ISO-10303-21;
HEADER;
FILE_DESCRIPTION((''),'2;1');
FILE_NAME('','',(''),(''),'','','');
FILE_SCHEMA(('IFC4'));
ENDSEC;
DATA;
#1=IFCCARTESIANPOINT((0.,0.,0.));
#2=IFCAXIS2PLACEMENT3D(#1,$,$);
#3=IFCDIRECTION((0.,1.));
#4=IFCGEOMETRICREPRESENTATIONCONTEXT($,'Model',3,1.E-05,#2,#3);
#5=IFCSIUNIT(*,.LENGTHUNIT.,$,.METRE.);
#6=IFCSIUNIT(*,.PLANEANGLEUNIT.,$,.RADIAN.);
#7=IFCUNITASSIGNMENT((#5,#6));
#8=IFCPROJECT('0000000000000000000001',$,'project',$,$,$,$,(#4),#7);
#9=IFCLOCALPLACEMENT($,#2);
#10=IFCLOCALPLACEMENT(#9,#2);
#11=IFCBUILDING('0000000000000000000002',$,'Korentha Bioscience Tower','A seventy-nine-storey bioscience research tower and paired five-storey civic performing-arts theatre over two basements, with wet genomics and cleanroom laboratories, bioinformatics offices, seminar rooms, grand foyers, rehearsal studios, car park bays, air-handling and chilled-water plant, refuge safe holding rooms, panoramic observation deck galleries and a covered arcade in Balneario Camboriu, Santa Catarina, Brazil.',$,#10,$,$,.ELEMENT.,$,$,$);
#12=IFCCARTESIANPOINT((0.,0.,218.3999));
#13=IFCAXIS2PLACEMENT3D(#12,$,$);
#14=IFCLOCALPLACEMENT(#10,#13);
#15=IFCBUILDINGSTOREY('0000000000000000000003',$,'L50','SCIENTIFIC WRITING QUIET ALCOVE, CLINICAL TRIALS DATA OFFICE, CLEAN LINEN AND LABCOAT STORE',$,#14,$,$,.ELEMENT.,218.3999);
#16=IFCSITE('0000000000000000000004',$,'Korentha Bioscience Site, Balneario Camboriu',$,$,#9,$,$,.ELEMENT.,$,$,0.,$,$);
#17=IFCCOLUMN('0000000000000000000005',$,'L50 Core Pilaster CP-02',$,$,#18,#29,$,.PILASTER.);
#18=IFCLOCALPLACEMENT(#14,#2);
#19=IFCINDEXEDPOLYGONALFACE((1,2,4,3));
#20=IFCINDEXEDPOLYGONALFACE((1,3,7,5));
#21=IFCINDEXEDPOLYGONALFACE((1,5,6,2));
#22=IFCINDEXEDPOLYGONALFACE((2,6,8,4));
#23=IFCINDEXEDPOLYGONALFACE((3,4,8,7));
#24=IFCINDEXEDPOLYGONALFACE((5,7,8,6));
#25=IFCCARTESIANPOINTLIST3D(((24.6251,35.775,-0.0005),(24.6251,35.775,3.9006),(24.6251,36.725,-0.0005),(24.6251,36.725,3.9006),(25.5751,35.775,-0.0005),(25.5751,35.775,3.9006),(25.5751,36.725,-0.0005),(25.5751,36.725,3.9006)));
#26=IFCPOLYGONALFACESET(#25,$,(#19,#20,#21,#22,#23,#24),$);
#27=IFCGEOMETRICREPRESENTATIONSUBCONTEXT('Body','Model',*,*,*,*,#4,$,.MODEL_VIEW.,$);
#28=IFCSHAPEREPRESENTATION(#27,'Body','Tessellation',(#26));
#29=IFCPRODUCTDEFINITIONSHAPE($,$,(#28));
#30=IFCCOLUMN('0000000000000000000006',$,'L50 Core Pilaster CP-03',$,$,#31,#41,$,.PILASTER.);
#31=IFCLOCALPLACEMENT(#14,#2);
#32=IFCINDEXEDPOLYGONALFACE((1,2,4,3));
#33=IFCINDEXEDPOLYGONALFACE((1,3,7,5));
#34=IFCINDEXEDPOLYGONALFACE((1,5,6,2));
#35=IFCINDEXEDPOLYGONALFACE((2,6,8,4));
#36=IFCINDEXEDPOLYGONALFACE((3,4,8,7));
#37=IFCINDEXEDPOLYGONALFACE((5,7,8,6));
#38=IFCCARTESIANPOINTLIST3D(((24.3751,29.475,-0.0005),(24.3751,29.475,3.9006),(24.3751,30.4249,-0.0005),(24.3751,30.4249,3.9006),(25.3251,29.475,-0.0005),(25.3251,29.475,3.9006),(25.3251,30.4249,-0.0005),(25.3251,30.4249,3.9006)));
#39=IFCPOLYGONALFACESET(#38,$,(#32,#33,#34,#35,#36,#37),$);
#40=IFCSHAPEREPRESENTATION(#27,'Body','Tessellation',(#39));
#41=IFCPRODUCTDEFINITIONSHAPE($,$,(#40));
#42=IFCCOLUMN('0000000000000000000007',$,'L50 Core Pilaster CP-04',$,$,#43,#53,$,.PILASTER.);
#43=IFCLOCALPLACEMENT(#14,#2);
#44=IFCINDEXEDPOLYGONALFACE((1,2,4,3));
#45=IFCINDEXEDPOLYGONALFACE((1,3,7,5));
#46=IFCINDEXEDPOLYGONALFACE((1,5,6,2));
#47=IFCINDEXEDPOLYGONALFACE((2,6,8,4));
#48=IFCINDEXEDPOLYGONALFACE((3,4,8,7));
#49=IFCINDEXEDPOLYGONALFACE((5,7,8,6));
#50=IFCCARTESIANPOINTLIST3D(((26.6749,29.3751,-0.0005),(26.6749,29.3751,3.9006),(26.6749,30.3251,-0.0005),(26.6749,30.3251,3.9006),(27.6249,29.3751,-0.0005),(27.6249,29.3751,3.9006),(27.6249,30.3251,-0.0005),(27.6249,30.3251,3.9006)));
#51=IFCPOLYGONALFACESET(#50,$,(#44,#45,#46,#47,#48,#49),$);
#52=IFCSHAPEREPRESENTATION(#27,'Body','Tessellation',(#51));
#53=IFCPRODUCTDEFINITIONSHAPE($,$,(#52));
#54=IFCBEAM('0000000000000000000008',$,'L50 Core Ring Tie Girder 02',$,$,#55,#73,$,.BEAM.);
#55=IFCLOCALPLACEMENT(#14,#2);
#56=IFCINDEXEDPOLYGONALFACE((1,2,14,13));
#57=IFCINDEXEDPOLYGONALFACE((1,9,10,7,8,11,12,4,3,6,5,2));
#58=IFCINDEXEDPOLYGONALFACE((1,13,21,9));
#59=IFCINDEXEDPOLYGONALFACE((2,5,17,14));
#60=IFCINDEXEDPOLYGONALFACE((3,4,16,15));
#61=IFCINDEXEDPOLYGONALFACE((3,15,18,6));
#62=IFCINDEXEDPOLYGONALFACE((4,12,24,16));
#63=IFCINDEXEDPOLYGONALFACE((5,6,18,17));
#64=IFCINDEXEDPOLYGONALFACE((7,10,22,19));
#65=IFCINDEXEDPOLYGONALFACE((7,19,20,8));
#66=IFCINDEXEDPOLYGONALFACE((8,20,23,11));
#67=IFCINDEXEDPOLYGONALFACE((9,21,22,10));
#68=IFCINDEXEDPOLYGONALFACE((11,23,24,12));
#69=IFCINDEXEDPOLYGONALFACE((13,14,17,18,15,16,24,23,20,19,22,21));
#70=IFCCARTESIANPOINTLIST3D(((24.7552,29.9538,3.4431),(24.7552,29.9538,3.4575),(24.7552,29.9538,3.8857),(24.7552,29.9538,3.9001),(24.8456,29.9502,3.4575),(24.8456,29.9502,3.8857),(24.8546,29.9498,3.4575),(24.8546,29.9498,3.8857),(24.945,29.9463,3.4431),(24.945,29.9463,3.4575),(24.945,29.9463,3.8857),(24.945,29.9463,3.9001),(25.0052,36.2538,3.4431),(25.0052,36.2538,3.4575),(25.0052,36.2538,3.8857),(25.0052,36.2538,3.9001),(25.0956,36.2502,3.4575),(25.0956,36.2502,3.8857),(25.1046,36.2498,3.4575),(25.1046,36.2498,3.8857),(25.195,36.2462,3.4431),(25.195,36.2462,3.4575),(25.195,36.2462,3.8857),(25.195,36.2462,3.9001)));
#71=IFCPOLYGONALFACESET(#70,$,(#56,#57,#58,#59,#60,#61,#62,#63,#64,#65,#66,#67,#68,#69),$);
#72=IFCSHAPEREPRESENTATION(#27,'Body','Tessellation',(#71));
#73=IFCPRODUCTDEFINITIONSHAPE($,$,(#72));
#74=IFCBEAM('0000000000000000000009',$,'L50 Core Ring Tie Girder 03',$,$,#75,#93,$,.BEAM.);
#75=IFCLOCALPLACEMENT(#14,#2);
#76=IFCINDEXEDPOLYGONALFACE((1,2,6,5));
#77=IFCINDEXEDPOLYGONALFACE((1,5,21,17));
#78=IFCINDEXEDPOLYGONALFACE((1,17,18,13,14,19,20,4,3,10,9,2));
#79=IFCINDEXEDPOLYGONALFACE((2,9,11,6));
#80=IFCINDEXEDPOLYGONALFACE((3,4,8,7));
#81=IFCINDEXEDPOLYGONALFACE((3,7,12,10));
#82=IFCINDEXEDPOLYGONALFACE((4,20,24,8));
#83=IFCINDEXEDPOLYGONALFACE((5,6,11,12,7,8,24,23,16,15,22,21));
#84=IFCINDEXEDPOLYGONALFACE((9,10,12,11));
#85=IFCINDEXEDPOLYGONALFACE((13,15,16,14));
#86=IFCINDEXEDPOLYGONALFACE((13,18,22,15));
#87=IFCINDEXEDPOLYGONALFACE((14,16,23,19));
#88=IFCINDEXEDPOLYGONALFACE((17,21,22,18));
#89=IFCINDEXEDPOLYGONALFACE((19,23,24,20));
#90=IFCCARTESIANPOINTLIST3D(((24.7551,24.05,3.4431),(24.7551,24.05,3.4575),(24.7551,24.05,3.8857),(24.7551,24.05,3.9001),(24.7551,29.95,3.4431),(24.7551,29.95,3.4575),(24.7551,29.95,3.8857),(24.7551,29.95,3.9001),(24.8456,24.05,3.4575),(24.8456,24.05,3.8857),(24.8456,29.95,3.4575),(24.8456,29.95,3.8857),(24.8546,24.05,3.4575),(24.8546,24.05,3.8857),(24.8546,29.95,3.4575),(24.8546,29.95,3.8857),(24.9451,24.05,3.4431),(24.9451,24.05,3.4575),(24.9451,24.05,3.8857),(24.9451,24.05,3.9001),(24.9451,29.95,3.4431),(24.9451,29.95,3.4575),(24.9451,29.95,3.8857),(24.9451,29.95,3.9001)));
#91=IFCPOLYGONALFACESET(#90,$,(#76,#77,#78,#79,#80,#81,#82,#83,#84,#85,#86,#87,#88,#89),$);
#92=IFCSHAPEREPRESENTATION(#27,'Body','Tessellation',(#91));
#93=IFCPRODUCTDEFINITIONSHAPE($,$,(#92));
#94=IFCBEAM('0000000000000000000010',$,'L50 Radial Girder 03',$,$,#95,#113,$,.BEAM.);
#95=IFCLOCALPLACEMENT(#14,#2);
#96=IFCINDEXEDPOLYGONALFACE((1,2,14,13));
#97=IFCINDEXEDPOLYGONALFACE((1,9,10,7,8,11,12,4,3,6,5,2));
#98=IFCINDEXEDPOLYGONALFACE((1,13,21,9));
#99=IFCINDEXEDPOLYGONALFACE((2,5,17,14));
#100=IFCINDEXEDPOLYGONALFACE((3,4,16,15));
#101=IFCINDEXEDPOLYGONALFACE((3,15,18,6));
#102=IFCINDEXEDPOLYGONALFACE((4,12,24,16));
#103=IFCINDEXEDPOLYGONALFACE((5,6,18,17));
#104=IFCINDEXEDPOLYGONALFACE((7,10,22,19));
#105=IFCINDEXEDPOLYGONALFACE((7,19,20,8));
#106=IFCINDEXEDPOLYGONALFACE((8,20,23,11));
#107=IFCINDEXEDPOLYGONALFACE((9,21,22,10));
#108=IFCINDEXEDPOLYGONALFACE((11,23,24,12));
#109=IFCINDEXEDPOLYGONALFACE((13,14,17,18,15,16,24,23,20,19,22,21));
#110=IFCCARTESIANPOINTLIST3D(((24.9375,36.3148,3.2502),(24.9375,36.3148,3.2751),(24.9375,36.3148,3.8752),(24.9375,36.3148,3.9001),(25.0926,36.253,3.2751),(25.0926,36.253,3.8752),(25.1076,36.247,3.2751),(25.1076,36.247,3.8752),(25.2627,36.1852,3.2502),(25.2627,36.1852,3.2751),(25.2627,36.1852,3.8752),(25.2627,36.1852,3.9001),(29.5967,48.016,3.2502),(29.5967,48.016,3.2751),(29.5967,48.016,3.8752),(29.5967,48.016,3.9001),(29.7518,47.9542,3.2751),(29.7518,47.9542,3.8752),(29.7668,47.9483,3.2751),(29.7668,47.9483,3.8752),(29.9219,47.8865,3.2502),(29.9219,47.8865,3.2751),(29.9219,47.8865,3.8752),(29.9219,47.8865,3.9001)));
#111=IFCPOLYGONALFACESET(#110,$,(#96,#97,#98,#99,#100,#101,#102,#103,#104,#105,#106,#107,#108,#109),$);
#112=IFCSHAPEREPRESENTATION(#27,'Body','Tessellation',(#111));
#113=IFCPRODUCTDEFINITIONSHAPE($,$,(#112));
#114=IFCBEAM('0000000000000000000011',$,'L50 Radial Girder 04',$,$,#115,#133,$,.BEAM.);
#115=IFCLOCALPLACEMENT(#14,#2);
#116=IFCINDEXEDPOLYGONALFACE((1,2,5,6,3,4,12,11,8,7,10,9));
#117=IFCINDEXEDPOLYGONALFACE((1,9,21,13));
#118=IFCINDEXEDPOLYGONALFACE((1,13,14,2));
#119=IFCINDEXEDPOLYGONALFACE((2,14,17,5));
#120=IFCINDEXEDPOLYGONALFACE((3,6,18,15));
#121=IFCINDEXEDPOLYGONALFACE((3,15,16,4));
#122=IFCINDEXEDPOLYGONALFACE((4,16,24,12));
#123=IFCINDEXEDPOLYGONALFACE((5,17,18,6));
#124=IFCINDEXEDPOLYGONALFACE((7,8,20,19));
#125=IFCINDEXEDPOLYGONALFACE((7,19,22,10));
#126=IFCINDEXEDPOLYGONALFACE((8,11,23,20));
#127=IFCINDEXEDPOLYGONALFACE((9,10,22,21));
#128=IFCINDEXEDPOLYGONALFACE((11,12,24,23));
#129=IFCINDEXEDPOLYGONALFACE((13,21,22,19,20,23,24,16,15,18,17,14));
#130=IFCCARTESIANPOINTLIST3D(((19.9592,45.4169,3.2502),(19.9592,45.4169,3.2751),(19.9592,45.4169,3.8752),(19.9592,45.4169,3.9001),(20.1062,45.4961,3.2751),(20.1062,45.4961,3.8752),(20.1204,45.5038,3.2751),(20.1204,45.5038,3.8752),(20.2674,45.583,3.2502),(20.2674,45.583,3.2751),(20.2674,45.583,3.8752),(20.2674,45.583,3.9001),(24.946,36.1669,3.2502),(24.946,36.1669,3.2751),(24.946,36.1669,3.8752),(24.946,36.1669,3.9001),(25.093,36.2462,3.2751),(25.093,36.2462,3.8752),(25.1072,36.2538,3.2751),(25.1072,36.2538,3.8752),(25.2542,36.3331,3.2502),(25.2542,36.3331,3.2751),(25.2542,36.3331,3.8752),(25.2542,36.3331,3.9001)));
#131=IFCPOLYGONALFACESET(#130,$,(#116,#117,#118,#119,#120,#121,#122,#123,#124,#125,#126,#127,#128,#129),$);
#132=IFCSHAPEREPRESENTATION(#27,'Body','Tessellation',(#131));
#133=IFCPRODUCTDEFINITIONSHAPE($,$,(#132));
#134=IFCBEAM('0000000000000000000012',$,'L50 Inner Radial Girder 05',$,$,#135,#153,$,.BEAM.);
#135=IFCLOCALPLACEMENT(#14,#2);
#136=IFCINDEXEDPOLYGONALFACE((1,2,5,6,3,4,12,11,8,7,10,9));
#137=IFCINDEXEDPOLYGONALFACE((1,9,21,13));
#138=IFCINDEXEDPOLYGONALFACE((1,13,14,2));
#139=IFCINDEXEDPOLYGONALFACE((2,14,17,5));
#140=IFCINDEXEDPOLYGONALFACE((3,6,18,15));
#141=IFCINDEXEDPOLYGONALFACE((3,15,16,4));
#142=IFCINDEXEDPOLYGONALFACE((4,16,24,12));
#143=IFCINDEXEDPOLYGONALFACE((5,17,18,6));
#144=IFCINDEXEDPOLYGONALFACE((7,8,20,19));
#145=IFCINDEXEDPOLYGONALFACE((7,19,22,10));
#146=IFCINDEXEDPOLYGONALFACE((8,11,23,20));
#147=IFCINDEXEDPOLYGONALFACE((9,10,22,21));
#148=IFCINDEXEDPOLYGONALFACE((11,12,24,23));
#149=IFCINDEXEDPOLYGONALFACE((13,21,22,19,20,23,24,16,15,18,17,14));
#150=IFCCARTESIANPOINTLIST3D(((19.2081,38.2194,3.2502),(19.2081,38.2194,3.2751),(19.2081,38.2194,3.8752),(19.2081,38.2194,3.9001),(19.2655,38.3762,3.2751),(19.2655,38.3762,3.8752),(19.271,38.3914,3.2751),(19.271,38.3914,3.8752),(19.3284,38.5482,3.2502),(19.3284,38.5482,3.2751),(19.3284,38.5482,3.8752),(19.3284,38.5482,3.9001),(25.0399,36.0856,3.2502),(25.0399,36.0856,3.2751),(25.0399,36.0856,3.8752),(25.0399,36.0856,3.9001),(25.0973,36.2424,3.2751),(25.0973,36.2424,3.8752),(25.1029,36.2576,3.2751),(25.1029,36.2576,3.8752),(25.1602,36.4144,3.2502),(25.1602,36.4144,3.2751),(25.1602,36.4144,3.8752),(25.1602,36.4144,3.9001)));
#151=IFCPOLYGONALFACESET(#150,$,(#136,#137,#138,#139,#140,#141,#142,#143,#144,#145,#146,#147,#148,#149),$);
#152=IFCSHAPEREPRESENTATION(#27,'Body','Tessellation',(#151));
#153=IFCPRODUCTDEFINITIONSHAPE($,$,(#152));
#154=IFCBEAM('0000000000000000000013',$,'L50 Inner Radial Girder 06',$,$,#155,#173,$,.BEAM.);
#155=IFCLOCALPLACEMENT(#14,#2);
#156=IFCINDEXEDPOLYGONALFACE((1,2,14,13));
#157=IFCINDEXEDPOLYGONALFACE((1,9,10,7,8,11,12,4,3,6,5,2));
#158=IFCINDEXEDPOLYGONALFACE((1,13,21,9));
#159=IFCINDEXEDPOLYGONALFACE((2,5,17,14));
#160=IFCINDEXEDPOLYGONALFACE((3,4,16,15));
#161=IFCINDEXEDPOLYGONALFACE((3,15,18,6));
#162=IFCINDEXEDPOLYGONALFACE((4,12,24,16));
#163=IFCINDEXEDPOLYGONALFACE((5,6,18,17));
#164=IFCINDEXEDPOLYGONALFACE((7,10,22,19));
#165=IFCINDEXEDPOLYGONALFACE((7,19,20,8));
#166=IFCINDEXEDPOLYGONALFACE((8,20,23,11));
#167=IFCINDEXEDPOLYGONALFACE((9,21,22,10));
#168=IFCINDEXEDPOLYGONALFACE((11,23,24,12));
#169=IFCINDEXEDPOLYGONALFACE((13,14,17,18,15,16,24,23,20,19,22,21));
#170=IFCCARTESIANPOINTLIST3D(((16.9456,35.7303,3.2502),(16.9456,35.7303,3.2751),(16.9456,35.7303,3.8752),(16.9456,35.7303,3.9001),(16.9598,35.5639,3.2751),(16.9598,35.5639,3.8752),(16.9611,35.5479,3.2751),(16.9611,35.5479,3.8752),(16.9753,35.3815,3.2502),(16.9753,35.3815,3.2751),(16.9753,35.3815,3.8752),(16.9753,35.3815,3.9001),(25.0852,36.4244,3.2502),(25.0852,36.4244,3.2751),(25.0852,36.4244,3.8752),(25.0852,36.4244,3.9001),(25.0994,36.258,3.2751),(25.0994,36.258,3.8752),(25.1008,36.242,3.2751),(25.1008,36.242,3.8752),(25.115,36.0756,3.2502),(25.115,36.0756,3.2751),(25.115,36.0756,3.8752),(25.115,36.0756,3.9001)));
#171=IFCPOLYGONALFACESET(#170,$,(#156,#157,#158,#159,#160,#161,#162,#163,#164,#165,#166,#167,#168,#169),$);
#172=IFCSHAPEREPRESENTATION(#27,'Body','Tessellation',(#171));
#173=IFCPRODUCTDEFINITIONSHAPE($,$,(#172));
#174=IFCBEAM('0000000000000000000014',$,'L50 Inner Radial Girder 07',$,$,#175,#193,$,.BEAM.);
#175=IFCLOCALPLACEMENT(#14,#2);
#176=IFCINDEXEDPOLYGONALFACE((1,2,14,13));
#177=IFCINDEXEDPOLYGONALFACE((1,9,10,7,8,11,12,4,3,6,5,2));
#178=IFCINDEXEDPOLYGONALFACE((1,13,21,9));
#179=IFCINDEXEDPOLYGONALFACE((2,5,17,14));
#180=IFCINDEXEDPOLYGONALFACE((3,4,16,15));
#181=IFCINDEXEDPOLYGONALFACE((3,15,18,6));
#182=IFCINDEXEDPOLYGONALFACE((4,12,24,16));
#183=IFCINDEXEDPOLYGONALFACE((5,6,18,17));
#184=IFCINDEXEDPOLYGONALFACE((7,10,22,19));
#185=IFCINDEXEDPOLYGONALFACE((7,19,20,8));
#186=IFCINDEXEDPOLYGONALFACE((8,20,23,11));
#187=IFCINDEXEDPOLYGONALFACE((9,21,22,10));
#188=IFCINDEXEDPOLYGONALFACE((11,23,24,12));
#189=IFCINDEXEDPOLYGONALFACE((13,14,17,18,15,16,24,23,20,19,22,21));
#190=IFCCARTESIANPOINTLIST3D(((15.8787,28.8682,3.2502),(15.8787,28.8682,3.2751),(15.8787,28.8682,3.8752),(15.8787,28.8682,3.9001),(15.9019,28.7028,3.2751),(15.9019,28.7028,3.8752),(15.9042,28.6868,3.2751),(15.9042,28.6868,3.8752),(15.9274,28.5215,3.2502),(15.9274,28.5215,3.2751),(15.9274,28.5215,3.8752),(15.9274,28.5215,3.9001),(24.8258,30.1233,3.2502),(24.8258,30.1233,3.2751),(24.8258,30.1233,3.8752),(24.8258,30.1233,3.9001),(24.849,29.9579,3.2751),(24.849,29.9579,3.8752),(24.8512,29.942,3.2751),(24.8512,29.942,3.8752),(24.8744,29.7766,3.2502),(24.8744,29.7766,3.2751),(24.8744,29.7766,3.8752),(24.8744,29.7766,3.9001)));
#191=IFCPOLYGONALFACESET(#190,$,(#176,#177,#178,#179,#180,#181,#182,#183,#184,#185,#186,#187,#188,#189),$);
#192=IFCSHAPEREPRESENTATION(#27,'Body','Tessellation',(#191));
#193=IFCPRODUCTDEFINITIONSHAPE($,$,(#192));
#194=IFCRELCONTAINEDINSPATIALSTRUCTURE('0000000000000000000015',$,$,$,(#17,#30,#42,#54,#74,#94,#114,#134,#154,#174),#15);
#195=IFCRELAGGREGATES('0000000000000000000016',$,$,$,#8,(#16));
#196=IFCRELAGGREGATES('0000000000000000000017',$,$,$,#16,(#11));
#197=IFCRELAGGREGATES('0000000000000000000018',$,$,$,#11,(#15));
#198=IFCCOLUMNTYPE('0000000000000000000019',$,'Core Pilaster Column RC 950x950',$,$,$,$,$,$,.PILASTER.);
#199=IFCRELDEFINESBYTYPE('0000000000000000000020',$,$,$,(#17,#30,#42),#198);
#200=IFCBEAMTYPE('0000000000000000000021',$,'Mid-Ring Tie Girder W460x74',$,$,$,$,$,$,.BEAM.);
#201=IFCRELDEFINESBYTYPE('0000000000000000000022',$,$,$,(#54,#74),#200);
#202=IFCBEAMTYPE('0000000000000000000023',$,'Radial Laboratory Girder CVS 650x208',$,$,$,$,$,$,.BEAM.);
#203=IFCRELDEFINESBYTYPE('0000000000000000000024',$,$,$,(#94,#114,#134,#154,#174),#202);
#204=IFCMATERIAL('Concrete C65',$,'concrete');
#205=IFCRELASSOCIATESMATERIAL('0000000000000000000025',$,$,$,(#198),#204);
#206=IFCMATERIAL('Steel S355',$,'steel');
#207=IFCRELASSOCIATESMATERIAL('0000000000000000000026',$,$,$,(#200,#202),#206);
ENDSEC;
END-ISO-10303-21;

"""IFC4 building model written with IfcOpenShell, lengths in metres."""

from ifc_helpers import new_model, si_unit, direction, frame, origin, origin_2d, place, context, subcontext, project, spatial, rectangle, i_section, extrude, material, material_profile, profile_set, type_object, element, save


model = new_model("IFC4")

# Units and contexts
model_context = context("Model", 3, precision=1e-05, world=origin(), true_north=direction((0.0, 1.0)))
body_context = subcontext(model_context, "Body", "Model", "MODEL_VIEW")
ifc_project = project(units=[si_unit("LENGTHUNIT", "METRE"), si_unit("PLANEANGLEUNIT", "RADIAN")], contexts=[model_context])

# Site, building, storey
site_placement = place(None, origin())
site = spatial("IfcSite", under=ifc_project, at=site_placement, Name="Korentha Bioscience Site, Balneario Camboriu", CompositionType="ELEMENT", RefElevation=0.0)
building_placement = place(site_placement, origin())
building = spatial("IfcBuilding", under=site, at=building_placement, Name="Korentha Bioscience Tower", Description="A seventy-nine-storey bioscience research tower and paired five-storey civic performing-arts theatre over two basements, with wet genomics and cleanroom laboratories, bioinformatics offices, seminar rooms, grand foyers, rehearsal studios, car park bays, air-handling and chilled-water plant, refuge safe holding rooms, panoramic observation deck galleries and a covered arcade in Balneario Camboriu, Santa Catarina, Brazil.", CompositionType="ELEMENT")
storey_placement = place(building_placement, frame((0.0, 0.0, 218.3999)))
storey = spatial("IfcBuildingStorey", under=building, at=storey_placement, Name="L50", Description="SCIENTIFIC WRITING QUIET ALCOVE, CLINICAL TRIALS DATA OFFICE, CLEAN LINEN AND LABCOAT STORE", CompositionType="ELEMENT", Elevation=218.3999)

# Columns
ifc_material_1 = material(Name="Concrete C65", Category="concrete")
ifc_material_profile_1 = material_profile(ifc_material_1, rectangle(XDim=0.95, YDim=0.95, at=origin_2d()), Name="Concrete C65")
ifc_profile_set_1 = profile_set([ifc_material_profile_1], Name="Concrete C65 (COL-CP09)")
column_type = type_object("IfcColumnType", Name="Core Pilaster Column RC 950x950", PredefinedType="PILASTER", material=ifc_profile_set_1)
for number, where, z_axis, x_axis, name in (
    (1, (25.1001, 36.25, -0.0005), (0.0, 0.0, 1.0), (1.0, 0.0, 0.0), "L50 Core Pilaster CP-02"),
    (2, (24.8501, 29.95, -0.0005), (0.0, 0.0, 1.0), (1.0, 0.0, 0.0), "L50 Core Pilaster CP-03"),
    (3, (27.1499, 29.8501, -0.0005), (0.0, 0.0, 1.0), (1.0, 0.0, 0.0), "L50 Core Pilaster CP-04"),
):
    element("IfcColumn", number, at=place(storey_placement, frame(where, z_axis=z_axis, x_axis=x_axis)), inside=storey, type_object=column_type, Name=name, PredefinedType="PILASTER", context=body_context, shape_type="SweptSolid", body=[
        extrude(rectangle(XDim=0.95, YDim=0.95, at=origin_2d()), origin(), (0.0, 0.0, 1.0), 3.9011),
    ])

# Beams
ifc_material_2 = material(Name="Steel S355", Category="steel")
ifc_material_profile_2 = material_profile(ifc_material_2, i_section(OverallWidth=0.1899, OverallDepth=0.457, WebThickness=0.009, FlangeThickness=0.0144, at=origin_2d()), Name="Steel S355")
ifc_profile_set_2 = profile_set([ifc_material_profile_2], Name="Steel S355 (MB-460)")
beam_type_1 = type_object("IfcBeamType", Name="Mid-Ring Tie Girder W460x74", PredefinedType="BEAM", material=ifc_profile_set_2)
beam_1_placement = place(storey_placement, frame((25.1001, 36.25, 3.6716), z_axis=(-0.039651, -0.999214, 0.0), x_axis=(0.999214, -0.039651, 0.0)))
element("IfcBeam", 4, at=beam_1_placement, inside=storey, type_object=beam_type_1, Name="L50 Core Ring Tie Girder 02", PredefinedType="BEAM", context=body_context, shape_type="SweptSolid", body=[
    extrude(i_section(OverallWidth=0.1899, OverallDepth=0.457, WebThickness=0.009, FlangeThickness=0.0144, at=origin_2d()), origin(), (0.0, 0.0, 1.0), 6.3049),
])
beam_2_placement = place(storey_placement, frame((24.8501, 29.95, 3.6716), z_axis=(0.0, -1.0, 0.0), x_axis=(1.0, 0.0, 0.0)))
element("IfcBeam", 5, at=beam_2_placement, inside=storey, type_object=beam_type_1, Name="L50 Core Ring Tie Girder 03", PredefinedType="BEAM", context=body_context, shape_type="SweptSolid", body=[
    extrude(i_section(OverallWidth=0.1899, OverallDepth=0.457, WebThickness=0.009, FlangeThickness=0.0144, at=origin_2d()), origin(), (0.0, 0.0, 1.0), 5.8999),
])
ifc_material_profile_3 = material_profile(ifc_material_2, i_section(OverallWidth=0.3501, OverallDepth=0.6499, WebThickness=0.0161, FlangeThickness=0.0249, at=origin_2d()), Name="Steel S355")
ifc_profile_set_3 = profile_set([ifc_material_profile_3], Name="Steel S355 (RB-650)")
beam_type_2 = type_object("IfcBeamType", Name="Radial Laboratory Girder CVS 650x208", PredefinedType="BEAM", material=ifc_profile_set_3)
beam_3_placement = place(storey_placement, frame((25.1001, 36.25, 3.5752), z_axis=(0.369933, 0.929058, 0.0), x_axis=(-0.929058, 0.369933, 0.0)))
element("IfcBeam", 6, at=beam_3_placement, inside=storey, type_object=beam_type_2, Name="L50 Radial Girder 03", PredefinedType="BEAM", context=body_context, shape_type="SweptSolid", body=[
    extrude(i_section(OverallWidth=0.3501, OverallDepth=0.6499, WebThickness=0.0161, FlangeThickness=0.0249, at=origin_2d()), origin(), (0.0, 0.0, 1.0), 12.5947),
])
beam_4_placement = place(storey_placement, frame((25.1001, 36.25, 3.5752), z_axis=(-0.474546, 0.880231, 0.0), x_axis=(-0.880231, -0.474546, 0.0)))
element("IfcBeam", 7, at=beam_4_placement, inside=storey, type_object=beam_type_2, Name="L50 Radial Girder 04", PredefinedType="BEAM", context=body_context, shape_type="SweptSolid", body=[
    extrude(i_section(OverallWidth=0.3501, OverallDepth=0.6499, WebThickness=0.0161, FlangeThickness=0.0249, at=origin_2d()), origin(), (0.0, 0.0, 1.0), 10.5085),
])
beam_5_placement = place(storey_placement, frame((25.1001, 36.25, 3.5752), z_axis=(-0.939112, 0.343611, 0.0), x_axis=(-0.343611, -0.939112, 0.0)))
element("IfcBeam", 8, at=beam_5_placement, inside=storey, type_object=beam_type_2, Name="L50 Inner Radial Girder 05", PredefinedType="BEAM", context=body_context, shape_type="SweptSolid", body=[
    extrude(i_section(OverallWidth=0.3501, OverallDepth=0.6499, WebThickness=0.0161, FlangeThickness=0.0249, at=origin_2d()), origin(), (0.0, 0.0, 1.0), 6.21),
])
beam_6_placement = place(storey_placement, frame((25.1001, 36.25, 3.5752), z_axis=(-0.996384, -0.084965, 0.0), x_axis=(0.084965, -0.996384, 0.0)))
element("IfcBeam", 9, at=beam_6_placement, inside=storey, type_object=beam_type_2, Name="L50 Inner Radial Girder 06", PredefinedType="BEAM", context=body_context, shape_type="SweptSolid", body=[
    extrude(i_section(OverallWidth=0.3501, OverallDepth=0.6499, WebThickness=0.0161, FlangeThickness=0.0249, at=origin_2d()), origin(), (0.0, 0.0, 1.0), 8.1692),
])
beam_7_placement = place(storey_placement, frame((24.8501, 29.95, 3.5752), z_axis=(-0.990303, -0.138924, 0.0), x_axis=(0.138924, -0.990303, 0.0)))
element("IfcBeam", 10, at=beam_7_placement, inside=storey, type_object=beam_type_2, Name="L50 Inner Radial Girder 07", PredefinedType="BEAM", context=body_context, shape_type="SweptSolid", body=[
    extrude(i_section(OverallWidth=0.3501, OverallDepth=0.6499, WebThickness=0.0161, FlangeThickness=0.0249, at=origin_2d()), origin(), (0.0, 0.0, 1.0), 9.0347),
])

save(model, "model.ifc")
